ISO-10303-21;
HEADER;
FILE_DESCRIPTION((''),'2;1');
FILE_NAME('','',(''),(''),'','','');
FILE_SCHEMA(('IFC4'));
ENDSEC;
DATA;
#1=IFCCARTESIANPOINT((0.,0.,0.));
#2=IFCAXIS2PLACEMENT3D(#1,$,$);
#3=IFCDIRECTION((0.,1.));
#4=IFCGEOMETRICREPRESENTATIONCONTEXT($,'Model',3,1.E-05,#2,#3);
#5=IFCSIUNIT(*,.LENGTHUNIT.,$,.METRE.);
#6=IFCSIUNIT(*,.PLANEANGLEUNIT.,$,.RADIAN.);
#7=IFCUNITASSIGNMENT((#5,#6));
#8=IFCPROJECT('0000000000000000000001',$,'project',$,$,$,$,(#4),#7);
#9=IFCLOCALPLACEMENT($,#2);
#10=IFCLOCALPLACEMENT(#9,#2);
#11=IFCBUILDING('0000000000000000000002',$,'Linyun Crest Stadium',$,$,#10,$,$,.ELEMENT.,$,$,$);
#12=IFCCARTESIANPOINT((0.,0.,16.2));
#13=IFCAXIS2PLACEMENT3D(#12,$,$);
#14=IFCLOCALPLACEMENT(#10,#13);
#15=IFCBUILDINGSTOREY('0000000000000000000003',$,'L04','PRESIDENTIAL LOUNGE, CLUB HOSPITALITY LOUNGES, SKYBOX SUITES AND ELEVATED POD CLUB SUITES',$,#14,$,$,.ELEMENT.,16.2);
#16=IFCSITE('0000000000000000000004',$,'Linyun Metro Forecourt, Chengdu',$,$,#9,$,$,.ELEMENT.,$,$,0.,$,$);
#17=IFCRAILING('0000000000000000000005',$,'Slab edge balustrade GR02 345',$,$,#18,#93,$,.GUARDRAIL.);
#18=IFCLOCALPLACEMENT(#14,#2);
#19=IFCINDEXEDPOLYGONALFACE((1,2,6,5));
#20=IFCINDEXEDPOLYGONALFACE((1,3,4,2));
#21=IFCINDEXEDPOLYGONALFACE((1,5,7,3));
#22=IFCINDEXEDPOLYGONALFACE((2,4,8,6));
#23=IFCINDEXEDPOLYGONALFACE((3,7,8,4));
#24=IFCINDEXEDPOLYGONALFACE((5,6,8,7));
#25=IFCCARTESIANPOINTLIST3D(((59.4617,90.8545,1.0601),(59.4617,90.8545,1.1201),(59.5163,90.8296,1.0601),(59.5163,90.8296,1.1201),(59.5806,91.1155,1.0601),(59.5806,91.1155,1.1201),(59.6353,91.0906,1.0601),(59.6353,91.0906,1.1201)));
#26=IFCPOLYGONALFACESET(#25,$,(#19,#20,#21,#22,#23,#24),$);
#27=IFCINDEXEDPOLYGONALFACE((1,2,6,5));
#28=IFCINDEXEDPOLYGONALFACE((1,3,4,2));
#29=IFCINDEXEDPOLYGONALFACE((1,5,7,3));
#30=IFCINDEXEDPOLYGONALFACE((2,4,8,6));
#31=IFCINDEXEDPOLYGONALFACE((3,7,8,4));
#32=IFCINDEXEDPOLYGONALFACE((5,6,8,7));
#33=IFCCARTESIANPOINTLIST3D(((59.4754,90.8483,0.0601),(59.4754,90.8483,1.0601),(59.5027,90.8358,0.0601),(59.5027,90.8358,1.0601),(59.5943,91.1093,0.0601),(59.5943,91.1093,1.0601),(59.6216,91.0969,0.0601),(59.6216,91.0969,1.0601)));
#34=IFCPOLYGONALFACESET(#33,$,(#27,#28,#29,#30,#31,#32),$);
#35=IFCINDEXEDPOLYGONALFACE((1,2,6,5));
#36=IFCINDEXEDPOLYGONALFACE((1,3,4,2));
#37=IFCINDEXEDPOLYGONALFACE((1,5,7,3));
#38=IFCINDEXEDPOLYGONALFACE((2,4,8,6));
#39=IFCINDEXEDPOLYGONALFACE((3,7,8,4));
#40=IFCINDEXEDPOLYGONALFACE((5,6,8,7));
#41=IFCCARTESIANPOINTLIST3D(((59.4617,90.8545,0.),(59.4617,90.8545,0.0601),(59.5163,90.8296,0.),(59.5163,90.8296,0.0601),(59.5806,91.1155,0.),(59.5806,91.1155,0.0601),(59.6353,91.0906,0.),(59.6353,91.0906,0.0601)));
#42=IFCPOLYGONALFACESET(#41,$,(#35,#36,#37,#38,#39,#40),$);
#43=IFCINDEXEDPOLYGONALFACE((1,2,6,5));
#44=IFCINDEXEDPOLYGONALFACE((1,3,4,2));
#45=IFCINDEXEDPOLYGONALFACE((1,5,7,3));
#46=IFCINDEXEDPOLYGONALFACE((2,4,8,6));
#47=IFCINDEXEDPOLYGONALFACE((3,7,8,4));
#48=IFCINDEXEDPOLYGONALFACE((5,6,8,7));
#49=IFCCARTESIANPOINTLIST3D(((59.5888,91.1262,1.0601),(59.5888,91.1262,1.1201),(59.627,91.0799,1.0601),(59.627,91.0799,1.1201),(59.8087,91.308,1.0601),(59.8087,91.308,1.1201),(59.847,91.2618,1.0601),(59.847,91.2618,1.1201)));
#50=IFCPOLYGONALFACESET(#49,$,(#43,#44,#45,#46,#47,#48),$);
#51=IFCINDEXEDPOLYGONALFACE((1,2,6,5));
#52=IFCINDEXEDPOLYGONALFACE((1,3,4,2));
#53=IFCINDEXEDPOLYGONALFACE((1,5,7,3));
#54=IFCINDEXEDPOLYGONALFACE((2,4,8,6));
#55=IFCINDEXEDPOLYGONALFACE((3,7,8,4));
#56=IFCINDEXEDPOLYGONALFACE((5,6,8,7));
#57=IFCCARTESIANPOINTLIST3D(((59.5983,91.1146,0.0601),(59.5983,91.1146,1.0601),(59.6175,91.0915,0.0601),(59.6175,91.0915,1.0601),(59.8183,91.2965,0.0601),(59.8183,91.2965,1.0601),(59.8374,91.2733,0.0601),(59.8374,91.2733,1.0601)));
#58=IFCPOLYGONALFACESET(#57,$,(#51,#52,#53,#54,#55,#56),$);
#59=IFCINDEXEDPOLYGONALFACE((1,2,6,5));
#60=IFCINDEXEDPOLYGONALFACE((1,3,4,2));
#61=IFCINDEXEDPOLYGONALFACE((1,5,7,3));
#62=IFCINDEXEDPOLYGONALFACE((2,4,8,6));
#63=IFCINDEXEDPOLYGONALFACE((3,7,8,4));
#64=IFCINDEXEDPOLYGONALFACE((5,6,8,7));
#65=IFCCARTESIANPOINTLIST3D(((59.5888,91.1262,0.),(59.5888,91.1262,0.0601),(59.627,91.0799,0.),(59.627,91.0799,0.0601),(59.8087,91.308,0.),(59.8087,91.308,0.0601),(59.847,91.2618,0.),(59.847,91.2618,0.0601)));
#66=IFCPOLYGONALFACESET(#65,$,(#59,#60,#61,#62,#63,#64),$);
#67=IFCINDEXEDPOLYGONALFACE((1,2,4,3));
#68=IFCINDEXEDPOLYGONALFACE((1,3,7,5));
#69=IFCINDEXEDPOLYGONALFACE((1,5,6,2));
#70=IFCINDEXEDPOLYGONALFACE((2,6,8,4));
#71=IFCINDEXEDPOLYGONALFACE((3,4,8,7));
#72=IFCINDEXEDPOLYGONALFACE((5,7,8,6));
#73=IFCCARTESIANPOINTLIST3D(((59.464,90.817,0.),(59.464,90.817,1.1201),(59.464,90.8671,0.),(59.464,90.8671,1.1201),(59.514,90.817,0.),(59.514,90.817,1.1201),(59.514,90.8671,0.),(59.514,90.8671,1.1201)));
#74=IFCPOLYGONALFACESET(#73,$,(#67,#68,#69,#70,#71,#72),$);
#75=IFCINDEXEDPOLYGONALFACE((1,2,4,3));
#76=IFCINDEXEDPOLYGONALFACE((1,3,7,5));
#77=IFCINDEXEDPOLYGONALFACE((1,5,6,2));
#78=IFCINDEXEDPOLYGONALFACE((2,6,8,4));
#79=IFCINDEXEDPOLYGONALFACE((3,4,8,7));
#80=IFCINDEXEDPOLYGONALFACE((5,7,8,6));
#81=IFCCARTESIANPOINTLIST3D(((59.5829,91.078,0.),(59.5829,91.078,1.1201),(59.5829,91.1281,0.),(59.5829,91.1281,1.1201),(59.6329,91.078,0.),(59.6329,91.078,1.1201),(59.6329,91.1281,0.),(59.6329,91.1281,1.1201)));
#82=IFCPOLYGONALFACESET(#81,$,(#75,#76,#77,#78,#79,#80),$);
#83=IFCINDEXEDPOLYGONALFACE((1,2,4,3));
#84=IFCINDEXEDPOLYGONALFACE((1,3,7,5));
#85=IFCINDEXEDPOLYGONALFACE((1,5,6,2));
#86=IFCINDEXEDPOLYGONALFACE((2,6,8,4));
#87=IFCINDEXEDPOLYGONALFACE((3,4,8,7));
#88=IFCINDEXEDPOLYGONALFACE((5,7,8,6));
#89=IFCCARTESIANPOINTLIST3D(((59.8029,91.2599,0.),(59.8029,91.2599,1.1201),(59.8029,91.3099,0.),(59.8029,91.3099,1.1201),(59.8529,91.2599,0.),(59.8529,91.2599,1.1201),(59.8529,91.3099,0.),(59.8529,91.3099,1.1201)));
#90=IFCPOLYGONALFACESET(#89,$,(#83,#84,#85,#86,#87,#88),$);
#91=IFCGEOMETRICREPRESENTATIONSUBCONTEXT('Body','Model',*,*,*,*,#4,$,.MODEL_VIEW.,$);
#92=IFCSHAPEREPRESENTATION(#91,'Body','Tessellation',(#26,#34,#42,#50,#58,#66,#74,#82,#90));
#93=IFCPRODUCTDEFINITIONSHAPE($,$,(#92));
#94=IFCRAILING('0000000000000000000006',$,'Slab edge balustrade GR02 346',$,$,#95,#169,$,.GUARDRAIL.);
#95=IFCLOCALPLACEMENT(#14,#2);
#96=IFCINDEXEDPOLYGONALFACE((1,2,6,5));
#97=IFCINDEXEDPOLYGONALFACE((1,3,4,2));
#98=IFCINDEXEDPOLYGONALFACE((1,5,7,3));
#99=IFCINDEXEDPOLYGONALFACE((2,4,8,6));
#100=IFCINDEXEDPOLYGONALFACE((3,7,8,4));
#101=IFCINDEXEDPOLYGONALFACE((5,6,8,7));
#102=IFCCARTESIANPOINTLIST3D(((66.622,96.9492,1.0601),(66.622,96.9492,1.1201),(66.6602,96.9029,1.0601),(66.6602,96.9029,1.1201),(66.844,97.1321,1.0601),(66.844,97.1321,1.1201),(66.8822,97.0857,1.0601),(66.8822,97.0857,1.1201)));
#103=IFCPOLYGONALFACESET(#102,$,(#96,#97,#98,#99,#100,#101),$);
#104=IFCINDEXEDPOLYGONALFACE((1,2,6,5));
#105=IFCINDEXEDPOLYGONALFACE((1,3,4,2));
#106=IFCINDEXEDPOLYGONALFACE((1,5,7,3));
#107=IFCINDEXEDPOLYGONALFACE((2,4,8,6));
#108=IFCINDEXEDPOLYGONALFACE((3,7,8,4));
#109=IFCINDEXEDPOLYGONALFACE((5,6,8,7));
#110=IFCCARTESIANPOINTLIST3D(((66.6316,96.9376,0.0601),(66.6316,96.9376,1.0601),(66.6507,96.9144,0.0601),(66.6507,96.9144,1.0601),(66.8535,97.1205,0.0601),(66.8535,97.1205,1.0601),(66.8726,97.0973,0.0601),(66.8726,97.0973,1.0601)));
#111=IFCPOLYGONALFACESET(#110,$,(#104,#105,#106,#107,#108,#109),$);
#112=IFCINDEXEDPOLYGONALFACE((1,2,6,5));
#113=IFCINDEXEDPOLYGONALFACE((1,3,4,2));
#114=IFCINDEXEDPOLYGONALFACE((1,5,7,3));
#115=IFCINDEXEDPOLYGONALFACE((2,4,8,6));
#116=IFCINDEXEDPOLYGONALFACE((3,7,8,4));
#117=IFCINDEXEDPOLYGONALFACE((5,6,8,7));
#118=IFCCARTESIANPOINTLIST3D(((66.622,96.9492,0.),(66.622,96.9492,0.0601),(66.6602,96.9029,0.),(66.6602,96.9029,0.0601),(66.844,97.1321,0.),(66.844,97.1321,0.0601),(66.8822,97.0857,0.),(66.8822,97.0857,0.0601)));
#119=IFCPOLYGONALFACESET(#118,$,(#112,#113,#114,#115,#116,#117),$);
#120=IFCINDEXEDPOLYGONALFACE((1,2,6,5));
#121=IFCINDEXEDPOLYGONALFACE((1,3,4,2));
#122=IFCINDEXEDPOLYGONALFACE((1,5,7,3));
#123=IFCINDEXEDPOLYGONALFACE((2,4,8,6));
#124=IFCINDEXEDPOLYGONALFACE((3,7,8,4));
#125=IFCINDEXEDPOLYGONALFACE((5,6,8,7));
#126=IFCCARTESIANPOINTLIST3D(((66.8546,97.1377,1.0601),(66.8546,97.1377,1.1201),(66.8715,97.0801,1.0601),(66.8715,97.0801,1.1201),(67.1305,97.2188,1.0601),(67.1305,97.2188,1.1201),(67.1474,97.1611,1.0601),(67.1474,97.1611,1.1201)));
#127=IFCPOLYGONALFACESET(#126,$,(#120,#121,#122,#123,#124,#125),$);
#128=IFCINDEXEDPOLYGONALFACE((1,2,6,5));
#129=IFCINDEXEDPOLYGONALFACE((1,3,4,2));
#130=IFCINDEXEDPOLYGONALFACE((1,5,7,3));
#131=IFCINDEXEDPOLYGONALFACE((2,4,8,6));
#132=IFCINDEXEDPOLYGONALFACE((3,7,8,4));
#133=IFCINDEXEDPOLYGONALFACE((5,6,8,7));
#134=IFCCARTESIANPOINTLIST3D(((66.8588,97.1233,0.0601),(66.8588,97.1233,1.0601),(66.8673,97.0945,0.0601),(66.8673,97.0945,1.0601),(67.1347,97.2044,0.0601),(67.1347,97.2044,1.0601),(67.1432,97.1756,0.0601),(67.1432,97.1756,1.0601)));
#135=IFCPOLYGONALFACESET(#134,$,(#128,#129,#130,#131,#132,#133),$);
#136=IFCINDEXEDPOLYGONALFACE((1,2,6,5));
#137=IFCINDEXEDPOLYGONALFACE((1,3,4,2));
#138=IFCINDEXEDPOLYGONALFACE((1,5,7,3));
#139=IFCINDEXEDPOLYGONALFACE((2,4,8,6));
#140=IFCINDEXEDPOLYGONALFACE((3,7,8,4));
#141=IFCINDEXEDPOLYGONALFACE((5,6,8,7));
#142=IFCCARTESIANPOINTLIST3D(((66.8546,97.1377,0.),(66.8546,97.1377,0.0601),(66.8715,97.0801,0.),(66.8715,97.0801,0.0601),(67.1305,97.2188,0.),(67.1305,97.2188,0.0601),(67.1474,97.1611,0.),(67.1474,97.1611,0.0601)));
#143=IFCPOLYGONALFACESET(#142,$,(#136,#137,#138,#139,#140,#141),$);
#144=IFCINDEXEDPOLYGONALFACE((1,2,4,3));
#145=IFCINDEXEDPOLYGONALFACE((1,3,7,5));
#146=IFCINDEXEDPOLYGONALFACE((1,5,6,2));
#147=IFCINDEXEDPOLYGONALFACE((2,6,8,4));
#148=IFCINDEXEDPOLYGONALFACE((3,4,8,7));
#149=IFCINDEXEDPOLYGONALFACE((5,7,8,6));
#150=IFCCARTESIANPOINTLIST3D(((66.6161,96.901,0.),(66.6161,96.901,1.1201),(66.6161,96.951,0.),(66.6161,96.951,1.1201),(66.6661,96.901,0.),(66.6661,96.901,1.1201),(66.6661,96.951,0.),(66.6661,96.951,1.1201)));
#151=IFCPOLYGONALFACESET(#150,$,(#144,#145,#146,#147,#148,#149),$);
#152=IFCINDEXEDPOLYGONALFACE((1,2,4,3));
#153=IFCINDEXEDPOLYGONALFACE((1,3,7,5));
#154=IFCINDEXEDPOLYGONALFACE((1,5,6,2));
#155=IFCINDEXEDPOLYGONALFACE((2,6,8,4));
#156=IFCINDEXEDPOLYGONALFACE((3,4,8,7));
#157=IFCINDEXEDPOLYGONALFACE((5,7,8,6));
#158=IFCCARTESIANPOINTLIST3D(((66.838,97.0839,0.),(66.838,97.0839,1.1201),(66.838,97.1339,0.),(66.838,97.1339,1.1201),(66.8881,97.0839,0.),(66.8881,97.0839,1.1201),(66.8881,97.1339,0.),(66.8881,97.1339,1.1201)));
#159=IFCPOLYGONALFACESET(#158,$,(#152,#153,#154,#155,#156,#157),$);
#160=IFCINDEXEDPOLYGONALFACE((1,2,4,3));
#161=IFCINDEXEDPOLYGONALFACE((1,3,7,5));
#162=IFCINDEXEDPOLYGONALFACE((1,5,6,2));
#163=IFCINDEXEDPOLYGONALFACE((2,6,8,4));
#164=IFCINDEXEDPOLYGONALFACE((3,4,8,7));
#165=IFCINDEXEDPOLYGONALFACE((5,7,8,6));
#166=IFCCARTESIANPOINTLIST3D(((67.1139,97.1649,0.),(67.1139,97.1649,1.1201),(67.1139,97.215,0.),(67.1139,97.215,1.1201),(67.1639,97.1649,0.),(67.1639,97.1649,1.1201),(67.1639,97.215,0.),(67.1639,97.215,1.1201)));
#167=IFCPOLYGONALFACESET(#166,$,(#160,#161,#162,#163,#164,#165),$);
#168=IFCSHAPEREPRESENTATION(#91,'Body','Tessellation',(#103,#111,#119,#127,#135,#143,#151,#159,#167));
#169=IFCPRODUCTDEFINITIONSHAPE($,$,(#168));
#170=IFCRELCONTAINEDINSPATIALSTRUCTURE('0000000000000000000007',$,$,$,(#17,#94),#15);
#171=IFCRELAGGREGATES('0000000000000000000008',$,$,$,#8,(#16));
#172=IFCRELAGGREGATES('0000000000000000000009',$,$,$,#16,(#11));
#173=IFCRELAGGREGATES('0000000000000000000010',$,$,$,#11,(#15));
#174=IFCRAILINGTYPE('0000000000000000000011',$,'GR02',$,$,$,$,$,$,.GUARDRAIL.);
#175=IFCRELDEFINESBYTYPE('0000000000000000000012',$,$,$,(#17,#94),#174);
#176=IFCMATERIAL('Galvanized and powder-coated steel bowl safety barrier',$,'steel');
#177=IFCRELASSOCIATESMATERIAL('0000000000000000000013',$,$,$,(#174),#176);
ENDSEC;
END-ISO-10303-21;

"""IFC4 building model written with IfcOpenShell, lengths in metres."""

from ifc_helpers import new_model, si_unit, direction, frame, origin, origin_2d, place, context, subcontext, project, spatial, rectangle, extrude, material, type_object, element, save


model = new_model("IFC4")

# Units and contexts
model_context = context("Model", 3, precision=1e-05, world=origin(), true_north=direction((0.0, 1.0)))
body_context = subcontext(model_context, "Body", "Model", "MODEL_VIEW")
ifc_project = project(units=[si_unit("LENGTHUNIT", "METRE"), si_unit("PLANEANGLEUNIT", "RADIAN")], contexts=[model_context])

# Site, building, storey
site_placement = place(None, origin())
site = spatial("IfcSite", under=ifc_project, at=site_placement, Name="Linyun Metro Forecourt, Chengdu", CompositionType="ELEMENT", RefElevation=0.0)
building_placement = place(site_placement, origin())
building = spatial("IfcBuilding", under=site, at=building_placement, Name="Linyun Crest Stadium", CompositionType="ELEMENT")
storey_placement = place(building_placement, frame((0.0, 0.0, 16.2)))
storey = spatial("IfcBuildingStorey", under=building, at=storey_placement, Name="L04", Description="PRESIDENTIAL LOUNGE, CLUB HOSPITALITY LOUNGES, SKYBOX SUITES AND ELEVATED POD CLUB SUITES", CompositionType="ELEMENT", Elevation=16.2)

# Railings
ifc_material_1 = material(Name="Galvanized and powder-coated steel bowl safety barrier", Category="steel")
railing_type = type_object("IfcRailingType", Name="GR02", PredefinedType="GUARDRAIL", material=ifc_material_1)
railing_1_placement = place(storey_placement, frame((59.489, 90.842, 0.0)))
element("IfcRailing", 1, at=railing_1_placement, inside=storey, type_object=railing_type, Name="Slab edge balustrade GR02 345", PredefinedType="GUARDRAIL", context=body_context, shape_type="SweptSolid", body=[
    extrude(rectangle(XDim=0.0601, YDim=0.0601, at=origin_2d()), frame((0.0, 0.0, 1.0901), z_axis=(0.414572, 0.910016, 0.0), x_axis=(-0.910016, 0.414572, 0.0)), (0.0, 0.0, 1.0), 0.2869),
    extrude(rectangle(XDim=0.03, YDim=1.0, at=origin_2d()), frame((0.0, 0.0, 0.5601), z_axis=(0.414572, 0.910016, 0.0), x_axis=(-0.910016, 0.414572, 0.0)), (0.0, 0.0, 1.0), 0.2869),
    extrude(rectangle(XDim=0.0601, YDim=0.0601, at=origin_2d()), frame((0.0, 0.0, 0.03), z_axis=(0.414572, 0.910016, 0.0), x_axis=(-0.910016, 0.414572, 0.0)), (0.0, 0.0, 1.0), 0.2869),
    extrude(rectangle(XDim=0.0601, YDim=0.0601, at=origin_2d()), frame((0.1189, 0.261, 1.0901), z_axis=(0.77067, 0.637235, 0.0), x_axis=(-0.637235, 0.77067, 0.0)), (0.0, 0.0, 1.0), 0.2854),
    extrude(rectangle(XDim=0.03, YDim=1.0, at=origin_2d()), frame((0.1189, 0.261, 0.5601), z_axis=(0.77067, 0.637235, 0.0), x_axis=(-0.637235, 0.77067, 0.0)), (0.0, 0.0, 1.0), 0.2854),
    extrude(rectangle(XDim=0.0601, YDim=0.0601, at=origin_2d()), frame((0.1189, 0.261, 0.03), z_axis=(0.77067, 0.637235, 0.0), x_axis=(-0.637235, 0.77067, 0.0)), (0.0, 0.0, 1.0), 0.2854),
    extrude(rectangle(XDim=0.05, YDim=0.05, at=origin_2d()), origin(), (0.0, 0.0, 1.0), 1.1201),
    extrude(rectangle(XDim=0.05, YDim=0.05, at=origin_2d()), frame((0.1189, 0.261, 0.0)), (0.0, 0.0, 1.0), 1.1201),
    extrude(rectangle(XDim=0.05, YDim=0.05, at=origin_2d()), frame((0.3389, 0.4429, 0.0)), (0.0, 0.0, 1.0), 1.1201),
])
railing_2_placement = place(storey_placement, frame((66.6411, 96.926, 0.0)))
element("IfcRailing", 2, at=railing_2_placement, inside=storey, type_object=railing_type, Name="Slab edge balustrade GR02 346", PredefinedType="GUARDRAIL", context=body_context, shape_type="SweptSolid", body=[
    extrude(rectangle(XDim=0.0601, YDim=0.0601, at=origin_2d()), frame((0.0, 0.0, 1.0901), z_axis=(0.771759, 0.635916, 0.0), x_axis=(-0.635916, 0.771759, 0.0)), (0.0, 0.0, 1.0), 0.2876),
    extrude(rectangle(XDim=0.03, YDim=1.0, at=origin_2d()), frame((0.0, 0.0, 0.5601), z_axis=(0.771759, 0.635916, 0.0), x_axis=(-0.635916, 0.771759, 0.0)), (0.0, 0.0, 1.0), 0.2876),
    extrude(rectangle(XDim=0.0601, YDim=0.0601, at=origin_2d()), frame((0.0, 0.0, 0.03), z_axis=(0.771759, 0.635916, 0.0), x_axis=(-0.635916, 0.771759, 0.0)), (0.0, 0.0, 1.0), 0.2876),
    extrude(rectangle(XDim=0.0601, YDim=0.0601, at=origin_2d()), frame((0.2219, 0.1829, 1.0901), z_axis=(0.959447, 0.281891, 0.0), x_axis=(-0.281891, 0.959447, 0.0)), (0.0, 0.0, 1.0), 0.2876),
    extrude(rectangle(XDim=0.03, YDim=1.0, at=origin_2d()), frame((0.2219, 0.1829, 0.5601), z_axis=(0.959447, 0.281891, 0.0), x_axis=(-0.281891, 0.959447, 0.0)), (0.0, 0.0, 1.0), 0.2876),
    extrude(rectangle(XDim=0.0601, YDim=0.0601, at=origin_2d()), frame((0.2219, 0.1829, 0.03), z_axis=(0.959447, 0.281891, 0.0), x_axis=(-0.281891, 0.959447, 0.0)), (0.0, 0.0, 1.0), 0.2876),
    extrude(rectangle(XDim=0.05, YDim=0.05, at=origin_2d()), origin(), (0.0, 0.0, 1.0), 1.1201),
    extrude(rectangle(XDim=0.05, YDim=0.05, at=origin_2d()), frame((0.2219, 0.1829, 0.0)), (0.0, 0.0, 1.0), 1.1201),
    extrude(rectangle(XDim=0.05, YDim=0.05, at=origin_2d()), frame((0.4978, 0.2639, 0.0)), (0.0, 0.0, 1.0), 1.1201),
])

save(model, "model.ifc")
